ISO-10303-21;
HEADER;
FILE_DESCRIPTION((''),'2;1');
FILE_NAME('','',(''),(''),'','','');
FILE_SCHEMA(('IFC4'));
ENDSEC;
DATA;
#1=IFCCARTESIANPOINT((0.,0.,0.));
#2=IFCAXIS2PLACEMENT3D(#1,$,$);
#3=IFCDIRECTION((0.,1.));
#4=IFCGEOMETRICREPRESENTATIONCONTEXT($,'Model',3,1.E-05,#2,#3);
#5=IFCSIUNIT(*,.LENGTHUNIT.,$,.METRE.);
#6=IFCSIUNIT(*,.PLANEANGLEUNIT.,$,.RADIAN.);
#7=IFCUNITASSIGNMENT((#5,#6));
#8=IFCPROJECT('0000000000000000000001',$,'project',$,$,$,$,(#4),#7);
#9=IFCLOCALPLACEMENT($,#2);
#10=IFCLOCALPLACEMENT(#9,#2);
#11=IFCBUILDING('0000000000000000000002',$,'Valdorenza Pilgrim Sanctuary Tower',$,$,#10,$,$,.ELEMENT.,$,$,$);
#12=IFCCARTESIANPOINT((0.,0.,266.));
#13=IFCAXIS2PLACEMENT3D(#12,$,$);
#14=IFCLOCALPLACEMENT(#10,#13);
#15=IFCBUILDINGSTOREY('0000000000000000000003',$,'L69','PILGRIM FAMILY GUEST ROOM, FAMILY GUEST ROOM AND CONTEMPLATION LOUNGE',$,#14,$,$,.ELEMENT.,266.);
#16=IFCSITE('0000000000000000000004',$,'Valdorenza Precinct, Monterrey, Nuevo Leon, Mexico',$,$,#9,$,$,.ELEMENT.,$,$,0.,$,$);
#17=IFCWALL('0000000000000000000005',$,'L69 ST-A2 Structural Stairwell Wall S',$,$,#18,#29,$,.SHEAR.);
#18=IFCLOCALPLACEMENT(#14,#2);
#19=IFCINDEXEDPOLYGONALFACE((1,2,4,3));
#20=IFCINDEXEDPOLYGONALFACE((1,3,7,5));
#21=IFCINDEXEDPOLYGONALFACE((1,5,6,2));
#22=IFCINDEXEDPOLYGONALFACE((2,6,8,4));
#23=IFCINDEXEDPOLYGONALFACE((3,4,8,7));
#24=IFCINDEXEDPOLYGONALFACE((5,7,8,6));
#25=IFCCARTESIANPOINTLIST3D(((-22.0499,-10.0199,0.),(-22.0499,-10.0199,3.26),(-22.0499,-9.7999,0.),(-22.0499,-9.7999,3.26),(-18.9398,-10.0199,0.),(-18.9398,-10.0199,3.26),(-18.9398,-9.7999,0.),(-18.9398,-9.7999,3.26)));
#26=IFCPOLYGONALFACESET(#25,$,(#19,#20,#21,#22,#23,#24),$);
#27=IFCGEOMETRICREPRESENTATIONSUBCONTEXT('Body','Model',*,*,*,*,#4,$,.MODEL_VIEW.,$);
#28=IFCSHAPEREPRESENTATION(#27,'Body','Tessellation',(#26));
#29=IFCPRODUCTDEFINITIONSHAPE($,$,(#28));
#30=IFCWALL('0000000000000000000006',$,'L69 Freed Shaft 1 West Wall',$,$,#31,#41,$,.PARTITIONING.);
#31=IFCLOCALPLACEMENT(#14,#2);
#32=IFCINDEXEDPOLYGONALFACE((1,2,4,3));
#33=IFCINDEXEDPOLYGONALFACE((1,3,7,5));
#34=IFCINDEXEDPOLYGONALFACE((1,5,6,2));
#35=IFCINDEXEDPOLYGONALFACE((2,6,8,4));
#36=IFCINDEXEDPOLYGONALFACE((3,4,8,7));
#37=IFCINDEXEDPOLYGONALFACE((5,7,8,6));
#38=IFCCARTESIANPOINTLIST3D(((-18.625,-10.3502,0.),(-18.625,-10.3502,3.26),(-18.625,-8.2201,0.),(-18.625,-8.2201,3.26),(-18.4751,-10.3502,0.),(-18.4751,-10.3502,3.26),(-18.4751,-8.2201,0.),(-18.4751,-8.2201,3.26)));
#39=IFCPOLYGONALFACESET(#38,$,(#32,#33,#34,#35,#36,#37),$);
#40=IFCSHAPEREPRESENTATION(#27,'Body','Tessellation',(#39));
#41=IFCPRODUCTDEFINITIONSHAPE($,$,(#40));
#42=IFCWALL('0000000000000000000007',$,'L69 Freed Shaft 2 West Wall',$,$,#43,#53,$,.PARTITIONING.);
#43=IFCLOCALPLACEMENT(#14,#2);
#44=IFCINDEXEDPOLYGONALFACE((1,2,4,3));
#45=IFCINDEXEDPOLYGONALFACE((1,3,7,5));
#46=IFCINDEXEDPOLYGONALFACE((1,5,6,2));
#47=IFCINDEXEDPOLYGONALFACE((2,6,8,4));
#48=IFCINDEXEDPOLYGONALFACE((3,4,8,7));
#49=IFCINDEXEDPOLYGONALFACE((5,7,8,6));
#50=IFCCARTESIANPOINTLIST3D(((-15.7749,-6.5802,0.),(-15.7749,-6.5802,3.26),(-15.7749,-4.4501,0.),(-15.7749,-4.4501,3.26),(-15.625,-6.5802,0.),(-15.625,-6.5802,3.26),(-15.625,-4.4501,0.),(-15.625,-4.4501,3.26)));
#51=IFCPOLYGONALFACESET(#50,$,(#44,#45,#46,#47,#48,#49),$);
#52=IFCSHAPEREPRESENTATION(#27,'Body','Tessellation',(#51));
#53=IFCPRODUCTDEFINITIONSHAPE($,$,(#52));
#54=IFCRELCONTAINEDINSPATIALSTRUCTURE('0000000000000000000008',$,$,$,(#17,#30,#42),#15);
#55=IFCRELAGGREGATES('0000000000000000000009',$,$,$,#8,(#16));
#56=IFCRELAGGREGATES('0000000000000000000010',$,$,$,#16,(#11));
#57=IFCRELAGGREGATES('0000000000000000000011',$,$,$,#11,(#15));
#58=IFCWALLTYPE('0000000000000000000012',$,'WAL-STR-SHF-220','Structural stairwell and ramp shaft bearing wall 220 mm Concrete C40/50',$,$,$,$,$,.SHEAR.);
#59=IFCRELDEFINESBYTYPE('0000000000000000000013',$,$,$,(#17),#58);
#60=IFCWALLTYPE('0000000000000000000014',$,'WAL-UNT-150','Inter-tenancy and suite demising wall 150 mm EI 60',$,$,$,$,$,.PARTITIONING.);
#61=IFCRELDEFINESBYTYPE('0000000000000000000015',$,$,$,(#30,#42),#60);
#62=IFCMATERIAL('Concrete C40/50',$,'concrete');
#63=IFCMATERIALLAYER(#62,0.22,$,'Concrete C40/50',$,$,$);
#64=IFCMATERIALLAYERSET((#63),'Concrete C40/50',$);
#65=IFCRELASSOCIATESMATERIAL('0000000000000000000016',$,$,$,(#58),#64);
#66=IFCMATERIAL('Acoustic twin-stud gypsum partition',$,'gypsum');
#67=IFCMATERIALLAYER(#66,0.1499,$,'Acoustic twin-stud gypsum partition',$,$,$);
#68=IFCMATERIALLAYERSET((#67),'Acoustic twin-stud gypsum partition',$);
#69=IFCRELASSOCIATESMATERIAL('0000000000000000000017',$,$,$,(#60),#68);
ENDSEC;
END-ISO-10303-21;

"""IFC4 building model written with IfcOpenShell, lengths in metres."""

from ifc_helpers import new_model, si_unit, direction, frame, frame_2d, origin, place, context, subcontext, project, spatial, rectangle, extrude, material, layer, layer_set, type_object, element, save


model = new_model("IFC4")

# Units and contexts
model_context = context("Model", 3, precision=1e-05, world=origin(), true_north=direction((0.0, 1.0)))
body_context = subcontext(model_context, "Body", "Model", "MODEL_VIEW")
ifc_project = project(units=[si_unit("LENGTHUNIT", "METRE"), si_unit("PLANEANGLEUNIT", "RADIAN")], contexts=[model_context])

# Site, building, storey
site_placement = place(None, origin())
site = spatial("IfcSite", under=ifc_project, at=site_placement, Name="Valdorenza Precinct, Monterrey, Nuevo Leon, Mexico", CompositionType="ELEMENT", RefElevation=0.0)
building_placement = place(site_placement, origin())
building = spatial("IfcBuilding", under=site, at=building_placement, Name="Valdorenza Pilgrim Sanctuary Tower", CompositionType="ELEMENT")
storey_placement = place(building_placement, frame((0.0, 0.0, 266.0)))
storey = spatial("IfcBuildingStorey", under=building, at=storey_placement, Name="L69", Description="PILGRIM FAMILY GUEST ROOM, FAMILY GUEST ROOM AND CONTEMPLATION LOUNGE", CompositionType="ELEMENT", Elevation=266.0)

# Shared definitions
ifc_material_1 = material(Name="Acoustic twin-stud gypsum partition", Category="gypsum")

# Walls
ifc_material_2 = material(Name="Concrete C40/50", Category="concrete")
ifc_layer_1 = layer(ifc_material_2, 0.22, Name="Concrete C40/50")
ifc_layer_set_1 = layer_set([ifc_layer_1], Name="Concrete C40/50")
wall_type_1 = type_object("IfcWallType", Name="WAL-STR-SHF-220", Description="Structural stairwell and ramp shaft bearing wall 220 mm Concrete C40/50", PredefinedType="SHEAR", material=ifc_layer_set_1)
wall_1_placement = place(storey_placement, frame((-22.05, -9.9099, 0.0), z_axis=(0.0, 0.0, 1.0), x_axis=(1.0, 0.0, 0.0)))
element("IfcWall", 1, at=wall_1_placement, inside=storey, type_object=wall_type_1, Name="L69 ST-A2 Structural Stairwell Wall S", PredefinedType="SHEAR", context=body_context, shape_type="SweptSolid", body=[
    extrude(rectangle(XDim=3.1101, YDim=0.22, at=frame_2d((1.5552, 0.0))), origin(), (0.0, 0.0, 1.0), 3.26),
])
ifc_layer_2 = layer(ifc_material_1, 0.1499, Name="Acoustic twin-stud gypsum partition")
ifc_layer_set_2 = layer_set([ifc_layer_2], Name="Acoustic twin-stud gypsum partition")
wall_type_2 = type_object("IfcWallType", Name="WAL-UNT-150", Description="Inter-tenancy and suite demising wall 150 mm EI 60", PredefinedType="PARTITIONING", material=ifc_layer_set_2)
for number, where, z_axis, x_axis, name in (
    (2, (-18.55, -10.3501, 0.0), (0.0, 0.0, 1.0), (0.0, 1.0, 0.0), "L69 Freed Shaft 1 West Wall"),
    (3, (-15.7, -6.5801, 0.0), (0.0, 0.0, 1.0), (0.0, 1.0, 0.0), "L69 Freed Shaft 2 West Wall"),
):
    element("IfcWall", number, at=place(storey_placement, frame(where, z_axis=z_axis, x_axis=x_axis)), inside=storey, type_object=wall_type_2, Name=name, PredefinedType="PARTITIONING", context=body_context, shape_type="SweptSolid", body=[
        extrude(rectangle(XDim=2.1301, YDim=0.1499, at=frame_2d((1.0649, 0.0))), origin(), (0.0, 0.0, 1.0), 3.26),
    ])

save(model, "model.ifc")
